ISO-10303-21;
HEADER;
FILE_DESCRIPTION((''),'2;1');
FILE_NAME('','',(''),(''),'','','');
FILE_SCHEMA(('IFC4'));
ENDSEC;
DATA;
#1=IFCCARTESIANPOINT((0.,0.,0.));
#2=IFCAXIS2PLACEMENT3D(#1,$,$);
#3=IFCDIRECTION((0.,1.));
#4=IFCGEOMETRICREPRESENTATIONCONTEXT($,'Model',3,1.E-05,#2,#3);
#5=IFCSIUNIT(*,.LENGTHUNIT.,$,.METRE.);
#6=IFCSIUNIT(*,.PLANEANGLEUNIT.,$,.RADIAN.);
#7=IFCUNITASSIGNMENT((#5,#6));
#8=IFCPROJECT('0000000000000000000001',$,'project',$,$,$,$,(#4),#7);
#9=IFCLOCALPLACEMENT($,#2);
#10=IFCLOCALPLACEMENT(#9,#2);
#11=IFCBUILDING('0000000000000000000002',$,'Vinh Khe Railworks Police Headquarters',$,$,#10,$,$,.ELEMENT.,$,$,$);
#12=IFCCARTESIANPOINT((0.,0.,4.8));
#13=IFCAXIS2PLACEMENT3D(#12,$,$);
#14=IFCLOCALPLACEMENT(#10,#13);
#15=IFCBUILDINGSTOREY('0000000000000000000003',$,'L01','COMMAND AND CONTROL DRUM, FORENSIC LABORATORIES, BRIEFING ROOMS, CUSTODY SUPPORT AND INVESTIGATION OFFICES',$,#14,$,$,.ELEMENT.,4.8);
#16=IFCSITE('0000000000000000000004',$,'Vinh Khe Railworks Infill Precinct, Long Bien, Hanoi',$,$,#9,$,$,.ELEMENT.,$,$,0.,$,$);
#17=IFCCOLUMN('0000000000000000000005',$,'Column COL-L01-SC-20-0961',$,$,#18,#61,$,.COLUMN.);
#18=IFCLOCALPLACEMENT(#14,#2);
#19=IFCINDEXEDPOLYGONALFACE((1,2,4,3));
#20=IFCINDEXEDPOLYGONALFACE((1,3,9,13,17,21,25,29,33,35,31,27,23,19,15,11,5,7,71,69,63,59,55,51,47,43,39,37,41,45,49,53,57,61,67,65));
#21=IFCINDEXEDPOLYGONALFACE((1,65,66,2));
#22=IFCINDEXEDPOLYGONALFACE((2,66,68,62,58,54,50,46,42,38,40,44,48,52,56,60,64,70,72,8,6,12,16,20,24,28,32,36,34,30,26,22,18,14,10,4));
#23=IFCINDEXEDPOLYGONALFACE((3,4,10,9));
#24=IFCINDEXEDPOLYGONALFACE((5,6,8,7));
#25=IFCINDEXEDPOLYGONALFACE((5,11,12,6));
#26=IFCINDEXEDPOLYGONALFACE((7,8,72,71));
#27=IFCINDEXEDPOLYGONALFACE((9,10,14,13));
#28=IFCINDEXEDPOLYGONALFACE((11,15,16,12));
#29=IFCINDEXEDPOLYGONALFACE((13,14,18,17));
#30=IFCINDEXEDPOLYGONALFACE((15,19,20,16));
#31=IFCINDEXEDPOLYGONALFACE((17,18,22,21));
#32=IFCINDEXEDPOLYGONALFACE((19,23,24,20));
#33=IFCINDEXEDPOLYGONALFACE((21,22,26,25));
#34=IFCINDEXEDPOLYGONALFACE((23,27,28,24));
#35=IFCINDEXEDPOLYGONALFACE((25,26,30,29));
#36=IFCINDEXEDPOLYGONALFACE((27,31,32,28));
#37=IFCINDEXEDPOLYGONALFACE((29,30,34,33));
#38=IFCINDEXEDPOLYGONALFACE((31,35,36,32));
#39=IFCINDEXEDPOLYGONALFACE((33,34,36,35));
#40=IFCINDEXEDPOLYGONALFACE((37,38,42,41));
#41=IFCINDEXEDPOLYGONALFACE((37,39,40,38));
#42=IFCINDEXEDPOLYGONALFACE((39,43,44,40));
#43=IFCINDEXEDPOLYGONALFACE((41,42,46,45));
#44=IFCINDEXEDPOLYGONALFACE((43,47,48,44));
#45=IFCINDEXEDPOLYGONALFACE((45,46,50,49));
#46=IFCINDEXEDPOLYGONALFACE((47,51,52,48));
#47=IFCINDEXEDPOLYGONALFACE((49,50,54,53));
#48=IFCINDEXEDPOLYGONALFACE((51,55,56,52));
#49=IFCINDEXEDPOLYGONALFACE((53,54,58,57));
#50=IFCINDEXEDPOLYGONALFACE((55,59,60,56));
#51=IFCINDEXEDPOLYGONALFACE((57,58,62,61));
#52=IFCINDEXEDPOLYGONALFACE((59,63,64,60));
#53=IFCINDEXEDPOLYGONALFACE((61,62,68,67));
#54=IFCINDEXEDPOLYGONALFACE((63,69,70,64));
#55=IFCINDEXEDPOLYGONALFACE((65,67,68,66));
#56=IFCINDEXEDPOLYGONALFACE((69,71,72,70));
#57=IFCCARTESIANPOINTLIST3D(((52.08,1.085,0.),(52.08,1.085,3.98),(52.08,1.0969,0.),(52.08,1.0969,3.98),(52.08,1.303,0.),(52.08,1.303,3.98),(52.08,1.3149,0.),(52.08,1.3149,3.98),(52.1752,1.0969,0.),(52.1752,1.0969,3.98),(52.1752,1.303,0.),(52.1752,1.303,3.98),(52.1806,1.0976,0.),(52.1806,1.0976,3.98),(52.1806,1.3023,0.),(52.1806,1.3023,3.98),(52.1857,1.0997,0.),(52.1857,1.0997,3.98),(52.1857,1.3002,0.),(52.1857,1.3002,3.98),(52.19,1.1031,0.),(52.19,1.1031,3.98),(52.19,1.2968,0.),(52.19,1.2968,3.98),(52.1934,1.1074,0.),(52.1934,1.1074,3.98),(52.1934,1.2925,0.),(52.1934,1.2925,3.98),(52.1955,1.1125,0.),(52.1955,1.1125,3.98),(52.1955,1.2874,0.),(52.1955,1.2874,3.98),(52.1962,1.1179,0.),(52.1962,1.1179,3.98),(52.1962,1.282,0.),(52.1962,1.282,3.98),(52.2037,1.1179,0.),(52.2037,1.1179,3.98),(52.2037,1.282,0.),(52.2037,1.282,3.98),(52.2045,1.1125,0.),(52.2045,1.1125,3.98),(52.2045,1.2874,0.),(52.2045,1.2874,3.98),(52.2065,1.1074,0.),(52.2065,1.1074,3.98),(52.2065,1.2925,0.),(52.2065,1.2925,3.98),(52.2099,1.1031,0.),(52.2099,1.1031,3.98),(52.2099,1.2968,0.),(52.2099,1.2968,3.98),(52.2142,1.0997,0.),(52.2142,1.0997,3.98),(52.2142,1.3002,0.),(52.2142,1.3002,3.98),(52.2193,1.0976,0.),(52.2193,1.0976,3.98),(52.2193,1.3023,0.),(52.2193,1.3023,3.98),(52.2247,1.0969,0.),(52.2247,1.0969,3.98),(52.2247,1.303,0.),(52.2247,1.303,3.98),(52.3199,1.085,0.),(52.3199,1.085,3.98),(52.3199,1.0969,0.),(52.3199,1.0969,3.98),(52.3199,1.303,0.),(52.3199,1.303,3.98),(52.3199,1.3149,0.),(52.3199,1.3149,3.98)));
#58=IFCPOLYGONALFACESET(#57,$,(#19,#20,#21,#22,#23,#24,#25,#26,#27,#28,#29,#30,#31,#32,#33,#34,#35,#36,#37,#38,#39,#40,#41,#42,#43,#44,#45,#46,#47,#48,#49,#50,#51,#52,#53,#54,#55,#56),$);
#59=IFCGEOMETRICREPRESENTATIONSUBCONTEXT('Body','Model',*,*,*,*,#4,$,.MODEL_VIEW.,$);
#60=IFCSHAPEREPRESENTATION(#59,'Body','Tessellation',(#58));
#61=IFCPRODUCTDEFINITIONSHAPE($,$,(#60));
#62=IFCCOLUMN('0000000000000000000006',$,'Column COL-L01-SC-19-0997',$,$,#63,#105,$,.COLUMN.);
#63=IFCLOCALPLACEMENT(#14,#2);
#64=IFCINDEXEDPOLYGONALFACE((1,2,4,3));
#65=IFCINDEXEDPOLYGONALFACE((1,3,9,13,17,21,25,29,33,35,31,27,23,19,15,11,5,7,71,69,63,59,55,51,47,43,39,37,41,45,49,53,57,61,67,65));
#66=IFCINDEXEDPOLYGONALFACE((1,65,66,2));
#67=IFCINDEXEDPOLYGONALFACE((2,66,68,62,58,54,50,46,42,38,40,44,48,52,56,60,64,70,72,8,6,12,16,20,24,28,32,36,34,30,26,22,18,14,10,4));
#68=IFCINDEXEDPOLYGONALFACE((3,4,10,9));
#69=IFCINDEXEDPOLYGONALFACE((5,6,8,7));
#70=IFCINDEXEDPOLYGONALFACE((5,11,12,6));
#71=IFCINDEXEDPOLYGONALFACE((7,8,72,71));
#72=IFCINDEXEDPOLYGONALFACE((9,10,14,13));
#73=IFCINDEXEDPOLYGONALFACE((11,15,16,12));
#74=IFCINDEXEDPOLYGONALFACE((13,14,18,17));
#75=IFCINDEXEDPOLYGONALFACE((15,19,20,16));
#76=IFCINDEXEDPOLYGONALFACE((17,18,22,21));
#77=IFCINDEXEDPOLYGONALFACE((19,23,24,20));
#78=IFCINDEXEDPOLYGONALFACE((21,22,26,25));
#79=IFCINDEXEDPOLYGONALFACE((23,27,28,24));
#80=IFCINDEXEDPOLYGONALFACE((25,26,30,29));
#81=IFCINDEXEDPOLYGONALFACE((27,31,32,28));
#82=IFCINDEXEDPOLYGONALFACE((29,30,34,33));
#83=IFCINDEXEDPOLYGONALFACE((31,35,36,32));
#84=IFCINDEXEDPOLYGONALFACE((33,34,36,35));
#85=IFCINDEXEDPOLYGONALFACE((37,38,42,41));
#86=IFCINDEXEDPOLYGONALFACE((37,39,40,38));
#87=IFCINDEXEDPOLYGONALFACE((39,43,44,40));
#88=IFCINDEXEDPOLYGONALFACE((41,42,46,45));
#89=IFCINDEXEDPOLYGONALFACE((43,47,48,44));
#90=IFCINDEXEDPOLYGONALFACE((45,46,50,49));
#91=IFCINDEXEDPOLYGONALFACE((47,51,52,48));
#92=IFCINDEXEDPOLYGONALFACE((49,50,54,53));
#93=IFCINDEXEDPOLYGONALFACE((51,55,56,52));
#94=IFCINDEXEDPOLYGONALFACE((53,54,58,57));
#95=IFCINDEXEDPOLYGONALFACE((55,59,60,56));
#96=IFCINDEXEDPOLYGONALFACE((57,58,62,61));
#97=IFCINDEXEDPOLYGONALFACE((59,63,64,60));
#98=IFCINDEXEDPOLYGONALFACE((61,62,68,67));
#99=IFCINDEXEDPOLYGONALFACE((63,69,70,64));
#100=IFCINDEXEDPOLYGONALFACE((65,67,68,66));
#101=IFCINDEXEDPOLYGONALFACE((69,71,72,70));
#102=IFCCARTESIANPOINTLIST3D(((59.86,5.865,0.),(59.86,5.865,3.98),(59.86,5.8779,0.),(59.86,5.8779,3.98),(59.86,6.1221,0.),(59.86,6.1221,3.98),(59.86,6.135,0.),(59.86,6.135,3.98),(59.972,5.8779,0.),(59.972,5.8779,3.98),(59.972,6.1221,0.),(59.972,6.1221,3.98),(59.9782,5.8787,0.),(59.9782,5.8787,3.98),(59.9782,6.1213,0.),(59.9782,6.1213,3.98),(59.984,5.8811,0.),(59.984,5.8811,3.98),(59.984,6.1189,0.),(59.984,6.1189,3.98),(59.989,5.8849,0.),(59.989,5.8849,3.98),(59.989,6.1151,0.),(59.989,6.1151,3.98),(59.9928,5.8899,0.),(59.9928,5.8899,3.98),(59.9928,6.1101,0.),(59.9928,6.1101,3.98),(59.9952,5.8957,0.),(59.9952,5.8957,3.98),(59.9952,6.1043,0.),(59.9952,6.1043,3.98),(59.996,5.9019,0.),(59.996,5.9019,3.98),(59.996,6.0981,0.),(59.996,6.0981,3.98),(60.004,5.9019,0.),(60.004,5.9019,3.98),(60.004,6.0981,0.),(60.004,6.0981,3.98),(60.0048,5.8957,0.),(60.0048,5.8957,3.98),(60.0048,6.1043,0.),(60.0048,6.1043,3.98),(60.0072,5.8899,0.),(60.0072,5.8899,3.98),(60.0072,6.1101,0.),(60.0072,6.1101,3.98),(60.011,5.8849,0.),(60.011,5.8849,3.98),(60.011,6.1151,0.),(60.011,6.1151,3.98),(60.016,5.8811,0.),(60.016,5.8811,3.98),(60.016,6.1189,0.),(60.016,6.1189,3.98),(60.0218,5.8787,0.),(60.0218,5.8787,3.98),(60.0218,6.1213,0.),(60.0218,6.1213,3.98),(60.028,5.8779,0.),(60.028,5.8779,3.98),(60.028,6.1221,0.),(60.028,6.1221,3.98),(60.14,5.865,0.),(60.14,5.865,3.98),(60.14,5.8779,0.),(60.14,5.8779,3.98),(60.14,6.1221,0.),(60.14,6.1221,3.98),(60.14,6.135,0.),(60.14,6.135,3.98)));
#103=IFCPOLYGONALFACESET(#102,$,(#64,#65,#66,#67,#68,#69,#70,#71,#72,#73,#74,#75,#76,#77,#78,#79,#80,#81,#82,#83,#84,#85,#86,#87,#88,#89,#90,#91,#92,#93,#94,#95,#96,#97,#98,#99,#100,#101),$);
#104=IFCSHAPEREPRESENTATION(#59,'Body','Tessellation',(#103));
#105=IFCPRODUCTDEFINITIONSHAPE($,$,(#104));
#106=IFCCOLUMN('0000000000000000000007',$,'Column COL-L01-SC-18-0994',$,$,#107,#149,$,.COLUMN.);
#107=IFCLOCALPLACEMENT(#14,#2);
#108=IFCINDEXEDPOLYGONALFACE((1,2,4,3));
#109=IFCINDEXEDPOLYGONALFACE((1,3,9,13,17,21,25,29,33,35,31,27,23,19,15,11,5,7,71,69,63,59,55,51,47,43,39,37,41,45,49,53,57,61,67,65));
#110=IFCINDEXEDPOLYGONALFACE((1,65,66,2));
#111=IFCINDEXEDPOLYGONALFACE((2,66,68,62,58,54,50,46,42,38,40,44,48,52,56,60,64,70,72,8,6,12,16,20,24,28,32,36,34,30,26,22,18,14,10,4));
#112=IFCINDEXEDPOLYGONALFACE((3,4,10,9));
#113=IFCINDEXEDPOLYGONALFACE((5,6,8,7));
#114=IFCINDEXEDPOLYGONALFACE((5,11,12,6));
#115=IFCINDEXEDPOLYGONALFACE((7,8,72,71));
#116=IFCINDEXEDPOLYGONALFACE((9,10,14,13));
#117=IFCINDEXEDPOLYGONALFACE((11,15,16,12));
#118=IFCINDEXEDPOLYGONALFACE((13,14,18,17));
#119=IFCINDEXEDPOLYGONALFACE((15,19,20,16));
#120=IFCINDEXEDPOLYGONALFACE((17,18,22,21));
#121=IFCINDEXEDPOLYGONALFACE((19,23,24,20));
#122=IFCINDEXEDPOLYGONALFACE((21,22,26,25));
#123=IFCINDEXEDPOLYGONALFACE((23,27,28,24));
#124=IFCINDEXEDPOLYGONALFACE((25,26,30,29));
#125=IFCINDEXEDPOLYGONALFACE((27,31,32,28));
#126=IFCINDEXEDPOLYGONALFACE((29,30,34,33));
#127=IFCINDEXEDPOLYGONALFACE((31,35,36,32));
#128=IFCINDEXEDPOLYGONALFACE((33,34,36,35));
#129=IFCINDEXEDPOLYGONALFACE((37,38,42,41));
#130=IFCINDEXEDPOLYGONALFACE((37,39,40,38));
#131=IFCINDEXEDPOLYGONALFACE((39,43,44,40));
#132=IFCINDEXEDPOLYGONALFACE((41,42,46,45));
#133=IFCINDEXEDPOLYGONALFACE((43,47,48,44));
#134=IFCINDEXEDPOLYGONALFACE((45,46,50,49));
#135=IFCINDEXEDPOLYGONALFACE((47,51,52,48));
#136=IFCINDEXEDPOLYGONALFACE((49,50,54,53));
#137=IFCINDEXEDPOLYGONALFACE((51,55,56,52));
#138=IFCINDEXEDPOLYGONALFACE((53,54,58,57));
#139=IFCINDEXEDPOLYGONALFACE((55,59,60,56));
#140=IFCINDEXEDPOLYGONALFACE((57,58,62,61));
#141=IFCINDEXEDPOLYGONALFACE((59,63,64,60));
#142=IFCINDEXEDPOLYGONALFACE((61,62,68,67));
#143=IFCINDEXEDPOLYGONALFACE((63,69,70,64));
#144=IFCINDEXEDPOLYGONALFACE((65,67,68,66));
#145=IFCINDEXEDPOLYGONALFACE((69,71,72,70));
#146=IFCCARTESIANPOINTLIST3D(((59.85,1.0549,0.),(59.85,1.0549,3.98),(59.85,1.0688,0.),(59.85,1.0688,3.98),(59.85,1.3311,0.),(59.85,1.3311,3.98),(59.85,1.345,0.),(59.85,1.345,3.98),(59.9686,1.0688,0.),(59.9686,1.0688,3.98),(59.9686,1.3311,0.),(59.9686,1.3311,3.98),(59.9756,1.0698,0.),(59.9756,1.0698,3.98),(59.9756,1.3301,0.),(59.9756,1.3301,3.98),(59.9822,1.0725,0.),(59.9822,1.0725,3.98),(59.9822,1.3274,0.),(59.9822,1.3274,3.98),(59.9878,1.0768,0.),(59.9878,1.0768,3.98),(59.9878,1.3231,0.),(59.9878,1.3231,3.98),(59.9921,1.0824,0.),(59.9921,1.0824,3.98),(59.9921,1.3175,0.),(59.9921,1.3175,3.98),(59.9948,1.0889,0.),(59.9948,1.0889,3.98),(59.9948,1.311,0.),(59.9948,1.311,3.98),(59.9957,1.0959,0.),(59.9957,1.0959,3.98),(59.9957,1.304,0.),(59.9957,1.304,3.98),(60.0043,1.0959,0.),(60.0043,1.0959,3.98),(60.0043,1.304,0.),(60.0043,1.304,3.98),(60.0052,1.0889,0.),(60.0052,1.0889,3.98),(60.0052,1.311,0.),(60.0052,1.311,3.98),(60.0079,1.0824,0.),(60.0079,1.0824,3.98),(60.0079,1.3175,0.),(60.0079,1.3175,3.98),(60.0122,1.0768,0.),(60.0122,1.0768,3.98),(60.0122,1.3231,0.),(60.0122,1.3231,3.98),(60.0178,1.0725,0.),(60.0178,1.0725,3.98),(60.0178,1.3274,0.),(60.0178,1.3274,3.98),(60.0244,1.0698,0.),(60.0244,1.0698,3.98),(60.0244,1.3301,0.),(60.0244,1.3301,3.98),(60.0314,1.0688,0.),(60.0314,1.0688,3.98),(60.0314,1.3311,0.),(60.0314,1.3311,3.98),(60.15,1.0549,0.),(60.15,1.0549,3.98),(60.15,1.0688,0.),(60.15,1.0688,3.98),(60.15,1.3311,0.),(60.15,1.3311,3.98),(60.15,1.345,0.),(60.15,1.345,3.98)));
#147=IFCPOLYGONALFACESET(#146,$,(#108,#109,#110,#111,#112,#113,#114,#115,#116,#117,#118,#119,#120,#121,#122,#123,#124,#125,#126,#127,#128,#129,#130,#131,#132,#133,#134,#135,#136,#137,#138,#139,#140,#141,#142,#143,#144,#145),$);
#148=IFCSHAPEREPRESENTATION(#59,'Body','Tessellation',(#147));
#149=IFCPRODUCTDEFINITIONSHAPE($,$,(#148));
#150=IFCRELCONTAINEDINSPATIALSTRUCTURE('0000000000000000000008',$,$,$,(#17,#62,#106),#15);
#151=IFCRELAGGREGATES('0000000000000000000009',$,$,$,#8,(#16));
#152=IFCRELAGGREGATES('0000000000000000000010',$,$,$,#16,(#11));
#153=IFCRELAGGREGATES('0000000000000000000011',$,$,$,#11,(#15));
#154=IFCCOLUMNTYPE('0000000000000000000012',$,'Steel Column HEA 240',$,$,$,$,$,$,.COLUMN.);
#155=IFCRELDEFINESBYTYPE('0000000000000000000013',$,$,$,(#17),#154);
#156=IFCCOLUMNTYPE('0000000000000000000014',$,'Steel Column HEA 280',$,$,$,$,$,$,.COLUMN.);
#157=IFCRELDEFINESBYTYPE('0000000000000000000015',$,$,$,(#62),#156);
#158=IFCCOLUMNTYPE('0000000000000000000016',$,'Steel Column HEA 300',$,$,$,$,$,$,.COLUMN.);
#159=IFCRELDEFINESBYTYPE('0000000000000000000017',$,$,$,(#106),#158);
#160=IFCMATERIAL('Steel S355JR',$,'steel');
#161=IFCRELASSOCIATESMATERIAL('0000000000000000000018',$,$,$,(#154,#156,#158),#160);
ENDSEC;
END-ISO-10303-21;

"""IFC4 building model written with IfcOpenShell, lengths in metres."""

from ifc_helpers import new_model, si_unit, direction, frame, origin, origin_2d, place, context, subcontext, project, spatial, i_section, extrude, material, material_profile, profile_set, type_object, element, save


model = new_model("IFC4")

# Units and contexts
model_context = context("Model", 3, precision=1e-05, world=origin(), true_north=direction((0.0, 1.0)))
body_context = subcontext(model_context, "Body", "Model", "MODEL_VIEW")
ifc_project = project(units=[si_unit("LENGTHUNIT", "METRE"), si_unit("PLANEANGLEUNIT", "RADIAN")], contexts=[model_context])

# Site, building, storey
site_placement = place(None, origin())
site = spatial("IfcSite", under=ifc_project, at=site_placement, Name="Vinh Khe Railworks Infill Precinct, Long Bien, Hanoi", CompositionType="ELEMENT", RefElevation=0.0)
building_placement = place(site_placement, origin())
building = spatial("IfcBuilding", under=site, at=building_placement, Name="Vinh Khe Railworks Police Headquarters", CompositionType="ELEMENT")
storey_placement = place(building_placement, frame((0.0, 0.0, 4.8)))
storey = spatial("IfcBuildingStorey", under=building, at=storey_placement, Name="L01", Description="COMMAND AND CONTROL DRUM, FORENSIC LABORATORIES, BRIEFING ROOMS, CUSTODY SUPPORT AND INVESTIGATION OFFICES", CompositionType="ELEMENT", Elevation=4.8)

# Columns
ifc_material_1 = material(Name="Steel S355JR", Category="steel")
ifc_material_profile_1 = material_profile(ifc_material_1, i_section(OverallWidth=0.24, OverallDepth=0.23, WebThickness=0.0076, FlangeThickness=0.012, FilletRadius=0.021, at=origin_2d()), Name="HEA 240")
ifc_profile_set_1 = profile_set([ifc_material_profile_1], Name="Steel S355JR")
column_type_1 = type_object("IfcColumnType", Name="Steel Column HEA 240", PredefinedType="COLUMN", material=ifc_profile_set_1)
column_1_placement = place(storey_placement, frame((52.2, 1.2, 0.0), z_axis=(0.0, 0.0, 1.0), x_axis=(1.0, 0.0, 0.0)))
element("IfcColumn", 1, at=column_1_placement, inside=storey, type_object=column_type_1, Name="Column COL-L01-SC-20-0961", PredefinedType="COLUMN", context=body_context, shape_type="SweptSolid", body=[
    extrude(i_section(OverallWidth=0.24, OverallDepth=0.23, WebThickness=0.0076, FlangeThickness=0.012, FilletRadius=0.021, at=origin_2d()), origin(), (0.0, 0.0, 1.0), 3.98),
])
ifc_material_profile_2 = material_profile(ifc_material_1, i_section(OverallWidth=0.28, OverallDepth=0.27, WebThickness=0.0081, FlangeThickness=0.0129, FilletRadius=0.0239, at=origin_2d()), Name="HEA 280")
ifc_profile_set_2 = profile_set([ifc_material_profile_2], Name="Steel S355JR")
column_type_2 = type_object("IfcColumnType", Name="Steel Column HEA 280", PredefinedType="COLUMN", material=ifc_profile_set_2)
column_2_placement = place(storey_placement, frame((60.0, 6.0, 0.0), z_axis=(0.0, 0.0, 1.0), x_axis=(1.0, 0.0, 0.0)))
element("IfcColumn", 2, at=column_2_placement, inside=storey, type_object=column_type_2, Name="Column COL-L01-SC-19-0997", PredefinedType="COLUMN", context=body_context, shape_type="SweptSolid", body=[
    extrude(i_section(OverallWidth=0.28, OverallDepth=0.27, WebThickness=0.0081, FlangeThickness=0.0129, FilletRadius=0.0239, at=origin_2d()), origin(), (0.0, 0.0, 1.0), 3.98),
])
ifc_material_profile_3 = material_profile(ifc_material_1, i_section(OverallWidth=0.3, OverallDepth=0.29, WebThickness=0.0085, FlangeThickness=0.0139, FilletRadius=0.0271, at=origin_2d()), Name="HEA 300")
ifc_profile_set_3 = profile_set([ifc_material_profile_3], Name="Steel S355JR")
column_type_3 = type_object("IfcColumnType", Name="Steel Column HEA 300", PredefinedType="COLUMN", material=ifc_profile_set_3)
column_3_placement = place(storey_placement, frame((60.0, 1.2, 0.0), z_axis=(0.0, 0.0, 1.0), x_axis=(1.0, 0.0, 0.0)))
element("IfcColumn", 3, at=column_3_placement, inside=storey, type_object=column_type_3, Name="Column COL-L01-SC-18-0994", PredefinedType="COLUMN", context=body_context, shape_type="SweptSolid", body=[
    extrude(i_section(OverallWidth=0.3, OverallDepth=0.29, WebThickness=0.0085, FlangeThickness=0.0139, FilletRadius=0.0271, at=origin_2d()), origin(), (0.0, 0.0, 1.0), 3.98),
])

save(model, "model.ifc")
